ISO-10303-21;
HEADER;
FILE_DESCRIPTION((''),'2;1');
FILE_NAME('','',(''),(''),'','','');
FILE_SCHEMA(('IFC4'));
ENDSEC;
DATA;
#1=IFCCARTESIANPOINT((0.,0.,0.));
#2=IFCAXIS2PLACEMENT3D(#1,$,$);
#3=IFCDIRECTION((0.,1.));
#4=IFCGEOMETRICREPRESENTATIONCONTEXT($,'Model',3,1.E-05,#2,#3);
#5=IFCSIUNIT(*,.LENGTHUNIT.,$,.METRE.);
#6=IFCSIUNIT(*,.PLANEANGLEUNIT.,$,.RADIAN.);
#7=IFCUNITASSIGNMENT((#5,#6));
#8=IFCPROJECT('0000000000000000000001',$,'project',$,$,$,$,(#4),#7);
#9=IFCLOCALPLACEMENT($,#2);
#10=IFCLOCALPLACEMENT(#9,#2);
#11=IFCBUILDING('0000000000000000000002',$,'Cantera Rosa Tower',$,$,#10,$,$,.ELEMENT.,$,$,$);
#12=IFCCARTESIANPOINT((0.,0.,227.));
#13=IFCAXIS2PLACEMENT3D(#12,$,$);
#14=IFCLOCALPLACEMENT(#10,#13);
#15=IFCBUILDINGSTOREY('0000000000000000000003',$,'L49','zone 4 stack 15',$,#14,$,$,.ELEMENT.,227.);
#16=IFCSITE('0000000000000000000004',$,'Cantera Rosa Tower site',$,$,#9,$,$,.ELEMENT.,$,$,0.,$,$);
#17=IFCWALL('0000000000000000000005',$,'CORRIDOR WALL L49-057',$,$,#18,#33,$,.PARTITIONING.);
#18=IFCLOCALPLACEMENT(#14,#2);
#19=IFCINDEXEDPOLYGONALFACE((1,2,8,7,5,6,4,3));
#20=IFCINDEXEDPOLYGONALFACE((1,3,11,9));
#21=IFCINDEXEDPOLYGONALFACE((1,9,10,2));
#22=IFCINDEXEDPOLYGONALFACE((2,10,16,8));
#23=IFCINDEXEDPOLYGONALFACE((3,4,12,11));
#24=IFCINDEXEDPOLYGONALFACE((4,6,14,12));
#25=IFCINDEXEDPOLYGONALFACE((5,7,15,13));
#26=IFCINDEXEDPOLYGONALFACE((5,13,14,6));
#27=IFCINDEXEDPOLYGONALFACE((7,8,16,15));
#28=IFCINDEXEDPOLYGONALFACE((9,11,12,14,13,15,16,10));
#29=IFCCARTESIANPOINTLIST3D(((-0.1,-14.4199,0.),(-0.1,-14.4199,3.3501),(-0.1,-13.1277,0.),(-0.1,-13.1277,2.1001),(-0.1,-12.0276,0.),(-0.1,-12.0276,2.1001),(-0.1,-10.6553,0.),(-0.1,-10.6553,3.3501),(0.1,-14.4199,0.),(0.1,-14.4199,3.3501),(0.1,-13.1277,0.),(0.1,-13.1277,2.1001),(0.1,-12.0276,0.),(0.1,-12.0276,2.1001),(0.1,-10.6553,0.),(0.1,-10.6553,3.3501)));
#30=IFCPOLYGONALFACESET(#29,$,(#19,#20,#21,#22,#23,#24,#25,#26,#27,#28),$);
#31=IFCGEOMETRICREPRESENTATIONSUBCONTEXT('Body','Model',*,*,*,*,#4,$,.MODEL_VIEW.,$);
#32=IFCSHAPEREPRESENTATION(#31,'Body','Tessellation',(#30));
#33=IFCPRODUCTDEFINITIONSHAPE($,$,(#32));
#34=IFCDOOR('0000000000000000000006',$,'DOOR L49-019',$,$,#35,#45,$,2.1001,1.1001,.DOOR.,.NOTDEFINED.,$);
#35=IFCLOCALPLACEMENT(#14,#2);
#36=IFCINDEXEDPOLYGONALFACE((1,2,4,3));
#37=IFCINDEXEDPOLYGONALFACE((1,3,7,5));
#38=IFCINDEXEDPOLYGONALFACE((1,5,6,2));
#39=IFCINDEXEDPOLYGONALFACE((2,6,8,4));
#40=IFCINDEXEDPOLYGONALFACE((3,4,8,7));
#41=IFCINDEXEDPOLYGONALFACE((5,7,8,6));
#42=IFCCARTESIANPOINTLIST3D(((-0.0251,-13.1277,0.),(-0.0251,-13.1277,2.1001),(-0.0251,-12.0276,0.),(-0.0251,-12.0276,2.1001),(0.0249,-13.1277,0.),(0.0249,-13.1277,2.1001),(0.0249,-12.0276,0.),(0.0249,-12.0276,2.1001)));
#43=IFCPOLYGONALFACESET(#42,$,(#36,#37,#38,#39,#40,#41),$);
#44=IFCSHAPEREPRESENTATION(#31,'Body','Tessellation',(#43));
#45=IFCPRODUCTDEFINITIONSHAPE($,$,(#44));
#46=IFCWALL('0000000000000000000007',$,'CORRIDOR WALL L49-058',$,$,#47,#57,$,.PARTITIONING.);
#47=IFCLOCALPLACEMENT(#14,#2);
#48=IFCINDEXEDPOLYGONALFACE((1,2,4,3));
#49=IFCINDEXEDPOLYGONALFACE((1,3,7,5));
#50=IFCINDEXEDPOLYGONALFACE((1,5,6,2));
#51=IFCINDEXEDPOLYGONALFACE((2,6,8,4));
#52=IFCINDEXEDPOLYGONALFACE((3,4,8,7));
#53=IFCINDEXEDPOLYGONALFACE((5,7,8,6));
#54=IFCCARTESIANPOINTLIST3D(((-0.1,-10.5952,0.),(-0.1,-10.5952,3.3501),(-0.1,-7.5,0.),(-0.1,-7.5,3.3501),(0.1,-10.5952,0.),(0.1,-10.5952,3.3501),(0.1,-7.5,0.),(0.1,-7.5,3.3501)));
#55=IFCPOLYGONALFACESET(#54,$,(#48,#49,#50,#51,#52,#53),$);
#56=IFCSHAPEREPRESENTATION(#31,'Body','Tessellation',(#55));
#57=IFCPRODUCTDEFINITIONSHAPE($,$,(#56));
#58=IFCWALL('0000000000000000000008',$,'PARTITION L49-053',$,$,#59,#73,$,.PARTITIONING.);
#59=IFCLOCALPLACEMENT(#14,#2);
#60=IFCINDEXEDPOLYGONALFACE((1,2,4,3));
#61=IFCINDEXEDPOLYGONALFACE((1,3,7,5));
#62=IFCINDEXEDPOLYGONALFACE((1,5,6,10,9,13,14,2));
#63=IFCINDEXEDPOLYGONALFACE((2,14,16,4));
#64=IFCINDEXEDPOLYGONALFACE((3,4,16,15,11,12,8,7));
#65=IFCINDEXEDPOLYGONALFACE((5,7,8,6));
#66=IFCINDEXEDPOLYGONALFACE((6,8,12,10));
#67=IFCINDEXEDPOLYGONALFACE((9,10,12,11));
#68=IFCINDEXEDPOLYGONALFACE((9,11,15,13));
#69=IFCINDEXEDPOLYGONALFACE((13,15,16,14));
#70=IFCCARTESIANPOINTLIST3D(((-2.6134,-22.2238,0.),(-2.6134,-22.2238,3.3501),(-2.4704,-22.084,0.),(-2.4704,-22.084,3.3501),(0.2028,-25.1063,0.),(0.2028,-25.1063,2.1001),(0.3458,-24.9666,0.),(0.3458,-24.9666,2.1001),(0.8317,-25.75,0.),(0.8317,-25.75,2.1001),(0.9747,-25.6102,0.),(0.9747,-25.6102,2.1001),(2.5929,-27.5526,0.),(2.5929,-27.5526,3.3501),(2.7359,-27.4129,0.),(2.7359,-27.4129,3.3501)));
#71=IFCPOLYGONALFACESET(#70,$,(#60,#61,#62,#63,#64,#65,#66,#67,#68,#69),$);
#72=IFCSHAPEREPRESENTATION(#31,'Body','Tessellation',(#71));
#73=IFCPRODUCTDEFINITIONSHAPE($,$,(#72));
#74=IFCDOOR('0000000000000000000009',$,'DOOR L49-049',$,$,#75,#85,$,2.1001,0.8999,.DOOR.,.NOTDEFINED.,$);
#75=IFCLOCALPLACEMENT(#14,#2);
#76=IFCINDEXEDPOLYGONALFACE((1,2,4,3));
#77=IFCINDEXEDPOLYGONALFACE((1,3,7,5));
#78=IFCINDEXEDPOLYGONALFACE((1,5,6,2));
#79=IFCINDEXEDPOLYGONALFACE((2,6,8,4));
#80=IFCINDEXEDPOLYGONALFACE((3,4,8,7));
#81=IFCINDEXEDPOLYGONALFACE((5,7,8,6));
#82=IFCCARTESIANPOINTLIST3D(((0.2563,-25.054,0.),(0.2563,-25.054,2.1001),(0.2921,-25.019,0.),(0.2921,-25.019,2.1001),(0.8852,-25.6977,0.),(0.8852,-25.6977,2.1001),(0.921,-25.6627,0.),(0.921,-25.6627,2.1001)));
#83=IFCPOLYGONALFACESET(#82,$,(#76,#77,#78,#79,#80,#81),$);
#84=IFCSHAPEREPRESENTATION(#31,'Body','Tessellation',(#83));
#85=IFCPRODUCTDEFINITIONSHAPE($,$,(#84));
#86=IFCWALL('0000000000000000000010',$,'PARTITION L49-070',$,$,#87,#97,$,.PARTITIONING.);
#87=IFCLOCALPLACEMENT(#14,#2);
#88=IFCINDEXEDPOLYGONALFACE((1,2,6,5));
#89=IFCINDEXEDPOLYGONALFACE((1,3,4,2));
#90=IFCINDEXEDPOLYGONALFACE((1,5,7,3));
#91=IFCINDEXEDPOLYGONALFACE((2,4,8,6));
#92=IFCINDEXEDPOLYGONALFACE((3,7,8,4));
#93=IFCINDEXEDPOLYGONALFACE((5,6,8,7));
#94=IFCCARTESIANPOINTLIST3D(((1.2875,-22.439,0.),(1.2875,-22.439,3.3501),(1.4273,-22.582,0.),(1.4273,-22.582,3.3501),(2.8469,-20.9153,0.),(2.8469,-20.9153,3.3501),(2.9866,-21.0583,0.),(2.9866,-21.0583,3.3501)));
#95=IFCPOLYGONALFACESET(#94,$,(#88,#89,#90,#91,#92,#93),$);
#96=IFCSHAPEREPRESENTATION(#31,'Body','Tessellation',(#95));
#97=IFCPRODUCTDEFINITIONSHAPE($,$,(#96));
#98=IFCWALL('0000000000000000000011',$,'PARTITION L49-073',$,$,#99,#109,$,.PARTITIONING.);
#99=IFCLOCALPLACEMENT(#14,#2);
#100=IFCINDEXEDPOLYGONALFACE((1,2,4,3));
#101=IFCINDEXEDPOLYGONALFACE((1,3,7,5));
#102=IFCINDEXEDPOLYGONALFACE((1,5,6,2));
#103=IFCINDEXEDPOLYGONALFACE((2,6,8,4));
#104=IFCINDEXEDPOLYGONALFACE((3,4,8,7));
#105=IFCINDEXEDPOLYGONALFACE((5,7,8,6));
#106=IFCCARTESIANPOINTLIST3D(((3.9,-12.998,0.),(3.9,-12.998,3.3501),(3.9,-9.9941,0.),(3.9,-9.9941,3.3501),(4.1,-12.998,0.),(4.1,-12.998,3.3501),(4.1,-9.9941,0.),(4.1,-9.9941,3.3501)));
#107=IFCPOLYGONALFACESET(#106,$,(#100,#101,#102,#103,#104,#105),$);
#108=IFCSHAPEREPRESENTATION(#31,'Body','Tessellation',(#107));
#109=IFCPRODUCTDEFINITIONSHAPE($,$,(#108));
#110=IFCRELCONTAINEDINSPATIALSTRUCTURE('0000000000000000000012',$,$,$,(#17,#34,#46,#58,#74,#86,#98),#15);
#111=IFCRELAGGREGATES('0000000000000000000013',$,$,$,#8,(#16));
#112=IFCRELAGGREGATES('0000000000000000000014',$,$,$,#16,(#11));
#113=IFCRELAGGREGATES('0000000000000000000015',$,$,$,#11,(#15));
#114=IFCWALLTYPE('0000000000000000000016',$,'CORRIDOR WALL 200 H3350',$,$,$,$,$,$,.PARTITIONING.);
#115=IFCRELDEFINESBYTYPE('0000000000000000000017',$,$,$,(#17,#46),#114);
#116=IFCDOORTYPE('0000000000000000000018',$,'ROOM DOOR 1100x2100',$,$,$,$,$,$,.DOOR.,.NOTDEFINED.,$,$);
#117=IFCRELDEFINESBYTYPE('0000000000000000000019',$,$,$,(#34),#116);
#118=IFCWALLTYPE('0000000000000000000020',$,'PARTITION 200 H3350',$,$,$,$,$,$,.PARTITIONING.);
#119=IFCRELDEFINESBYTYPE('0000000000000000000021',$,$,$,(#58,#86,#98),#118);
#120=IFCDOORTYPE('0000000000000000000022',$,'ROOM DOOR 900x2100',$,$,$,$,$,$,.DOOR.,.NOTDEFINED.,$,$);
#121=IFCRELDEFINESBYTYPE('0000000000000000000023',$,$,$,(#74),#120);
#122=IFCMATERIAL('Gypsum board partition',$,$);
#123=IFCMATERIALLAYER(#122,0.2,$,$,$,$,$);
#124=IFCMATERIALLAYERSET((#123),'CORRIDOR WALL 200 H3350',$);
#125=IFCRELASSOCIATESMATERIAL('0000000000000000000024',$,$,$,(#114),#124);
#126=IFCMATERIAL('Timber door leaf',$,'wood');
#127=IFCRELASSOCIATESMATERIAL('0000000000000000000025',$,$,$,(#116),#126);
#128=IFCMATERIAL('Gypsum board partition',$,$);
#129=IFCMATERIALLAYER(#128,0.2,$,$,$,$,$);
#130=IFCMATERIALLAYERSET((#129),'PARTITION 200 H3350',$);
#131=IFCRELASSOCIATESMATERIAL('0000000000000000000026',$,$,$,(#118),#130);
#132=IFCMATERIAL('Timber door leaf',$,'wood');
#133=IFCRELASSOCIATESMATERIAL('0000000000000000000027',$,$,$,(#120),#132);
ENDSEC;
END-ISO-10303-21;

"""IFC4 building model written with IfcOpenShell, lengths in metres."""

from ifc_helpers import new_model, si_unit, direction, frame, frame_2d, origin, place, context, subcontext, project, spatial, rectangle, extrude, material, layer, layer_set, type_object, element, fill, save


model = new_model("IFC4")

# Units and contexts
model_context = context("Model", 3, precision=1e-05, world=origin(), true_north=direction((0.0, 1.0)))
body_context = subcontext(model_context, "Body", "Model", "MODEL_VIEW")
ifc_project = project(units=[si_unit("LENGTHUNIT", "METRE"), si_unit("PLANEANGLEUNIT", "RADIAN")], contexts=[model_context])

# Site, building, storey
site_placement = place(None, origin())
site = spatial("IfcSite", under=ifc_project, at=site_placement, Name="Cantera Rosa Tower site", CompositionType="ELEMENT", RefElevation=0.0)
building_placement = place(site_placement, origin())
building = spatial("IfcBuilding", under=site, at=building_placement, Name="Cantera Rosa Tower", CompositionType="ELEMENT")
storey_placement = place(building_placement, frame((0.0, 0.0, 227.0)))
storey = spatial("IfcBuildingStorey", under=building, at=storey_placement, Name="L49", Description="zone 4 stack 15", CompositionType="ELEMENT", Elevation=227.0)

# Shared definitions
ifc_material_1 = material(Name="Gypsum board partition")
ifc_layer_1 = layer(ifc_material_1, 0.2)
ifc_layer_set_1 = layer_set([ifc_layer_1], Name="CORRIDOR WALL 200 H3350")
wall_type_1 = type_object("IfcWallType", Name="CORRIDOR WALL 200 H3350", PredefinedType="PARTITIONING", material=ifc_layer_set_1)
ifc_material_2 = material(Name="Timber door leaf", Category="wood")
door_type_1 = type_object("IfcDoorType", Name="ROOM DOOR 1100x2100", OperationType="NOTDEFINED", PredefinedType="DOOR", material=ifc_material_2)

# Wall, opening, door
wall_1_placement = place(storey_placement, frame((0.0, -10.6553, 0.0), z_axis=(0.0, 0.0, 1.0), x_axis=(0.0, -1.0, 0.0)))
wall_1 = element("IfcWall", 1, at=wall_1_placement, inside=storey, type_object=wall_type_1, Name="CORRIDOR WALL L49-057", PredefinedType="PARTITIONING", context=body_context, shape_type="SweptSolid", body=[
    extrude(rectangle(XDim=3.7646, YDim=0.2, at=frame_2d((1.8823, 0.0))), origin(), (0.0, 0.0, 1.0), 3.3501),
])
opening_1_placement = place(wall_1_placement, frame((1.3723, 0.0, 0.0)))
opening_1 = element("IfcOpeningElement", 2, at=opening_1_placement, cuts=wall_1, PredefinedType="OPENING", context=body_context, shape_type="SweptSolid", body=[
    extrude(rectangle(XDim=1.1001, YDim=2.1001, at=frame_2d((0.55, 1.05))), frame((0.0, 0.1099, 0.0), z_axis=(0.0, -1.0, 0.0), x_axis=(1.0, 0.0, 0.0)), (0.0, 0.0, 1.0), 0.22),
])
door_1_placement = place(opening_1_placement, origin())
door_1 = element("IfcDoor", 3, at=door_1_placement, inside=storey, type_object=door_type_1, Name="DOOR L49-019", OperationType="NOTDEFINED", OverallHeight=2.1001, OverallWidth=1.1001, PredefinedType="DOOR", context=body_context, shape_type="SweptSolid", body=[
    extrude(rectangle(XDim=1.1001, YDim=2.1001, at=frame_2d((0.55, 1.05))), frame((0.0, 0.0249, 0.0), z_axis=(0.0, -1.0, 0.0), x_axis=(1.0, 0.0, 0.0)), (0.0, 0.0, 1.0), 0.05),
])
fill(opening_1, door_1)

# Wall
wall_2_placement = place(storey_placement, frame((0.0, -7.5, 0.0), z_axis=(0.0, 0.0, 1.0), x_axis=(0.0, -1.0, 0.0)))
element("IfcWall", 4, at=wall_2_placement, inside=storey, type_object=wall_type_1, Name="CORRIDOR WALL L49-058", PredefinedType="PARTITIONING", context=body_context, shape_type="SweptSolid", body=[
    extrude(rectangle(XDim=3.0952, YDim=0.2, at=frame_2d((1.5476, 0.0))), origin(), (0.0, 0.0, 1.0), 3.3501),
])

# Wall, opening, door
ifc_material_3 = material(Name="Gypsum board partition")
ifc_layer_2 = layer(ifc_material_3, 0.2)
ifc_layer_set_2 = layer_set([ifc_layer_2], Name="PARTITION 200 H3350")
wall_type_2 = type_object("IfcWallType", Name="PARTITION 200 H3350", PredefinedType="PARTITIONING", material=ifc_layer_set_2)
wall_3_placement = place(storey_placement, frame((-2.542, -22.1538, 0.0), z_axis=(0.0, 0.0, 1.0), x_axis=(0.698834, -0.715284, 0.0)))
wall_3 = element("IfcWall", 5, at=wall_3_placement, inside=storey, type_object=wall_type_2, Name="PARTITION L49-053", PredefinedType="PARTITIONING", context=body_context, shape_type="SweptSolid", body=[
    extrude(rectangle(XDim=7.45, YDim=0.2, at=frame_2d((3.7251, 0.0))), origin(), (0.0, 0.0, 1.0), 3.3501),
])
opening_2_placement = place(wall_3_placement, frame((4.03, 0.0, 0.0)))
opening_2 = element("IfcOpeningElement", 6, at=opening_2_placement, cuts=wall_3, PredefinedType="OPENING", context=body_context, shape_type="SweptSolid", body=[
    extrude(rectangle(XDim=0.8999, YDim=2.1001, at=frame_2d((0.45, 1.05))), frame((0.0, 0.1099, 0.0), z_axis=(0.0, -1.0, 0.0), x_axis=(1.0, 0.0, 0.0)), (0.0, 0.0, 1.0), 0.22),
])
ifc_material_4 = material(Name="Timber door leaf", Category="wood")
door_type_2 = type_object("IfcDoorType", Name="ROOM DOOR 900x2100", OperationType="NOTDEFINED", PredefinedType="DOOR", material=ifc_material_4)
door_2_placement = place(opening_2_placement, origin())
door_2 = element("IfcDoor", 7, at=door_2_placement, inside=storey, type_object=door_type_2, Name="DOOR L49-049", OperationType="NOTDEFINED", OverallHeight=2.1001, OverallWidth=0.8999, PredefinedType="DOOR", context=body_context, shape_type="SweptSolid", body=[
    extrude(rectangle(XDim=0.8999, YDim=2.1001, at=frame_2d((0.45, 1.05))), frame((0.0, 0.0249, 0.0), z_axis=(0.0, -1.0, 0.0), x_axis=(1.0, 0.0, 0.0)), (0.0, 0.0, 1.0), 0.05),
])
fill(opening_2, door_2)

# Walls
wall_4_placement = place(storey_placement, frame((2.9167, -20.9868, 0.0), z_axis=(0.0, 0.0, 1.0), x_axis=(-0.715234, -0.698885, 0.0)))
element("IfcWall", 8, at=wall_4_placement, inside=storey, type_object=wall_type_2, Name="PARTITION L49-070", PredefinedType="PARTITIONING", context=body_context, shape_type="SweptSolid", body=[
    extrude(rectangle(XDim=2.1802, YDim=0.2, at=frame_2d((1.0901, 0.0))), origin(), (0.0, 0.0, 1.0), 3.3501),
])
wall_5_placement = place(storey_placement, frame((4.0, -12.998, 0.0), z_axis=(0.0, 0.0, 1.0), x_axis=(0.0, 1.0, 0.0)))
element("IfcWall", 9, at=wall_5_placement, inside=storey, type_object=wall_type_2, Name="PARTITION L49-073", PredefinedType="PARTITIONING", context=body_context, shape_type="SweptSolid", body=[
    extrude(rectangle(XDim=3.0039, YDim=0.2, at=frame_2d((1.502, 0.0))), origin(), (0.0, 0.0, 1.0), 3.3501),
])

save(model, "model.ifc")
